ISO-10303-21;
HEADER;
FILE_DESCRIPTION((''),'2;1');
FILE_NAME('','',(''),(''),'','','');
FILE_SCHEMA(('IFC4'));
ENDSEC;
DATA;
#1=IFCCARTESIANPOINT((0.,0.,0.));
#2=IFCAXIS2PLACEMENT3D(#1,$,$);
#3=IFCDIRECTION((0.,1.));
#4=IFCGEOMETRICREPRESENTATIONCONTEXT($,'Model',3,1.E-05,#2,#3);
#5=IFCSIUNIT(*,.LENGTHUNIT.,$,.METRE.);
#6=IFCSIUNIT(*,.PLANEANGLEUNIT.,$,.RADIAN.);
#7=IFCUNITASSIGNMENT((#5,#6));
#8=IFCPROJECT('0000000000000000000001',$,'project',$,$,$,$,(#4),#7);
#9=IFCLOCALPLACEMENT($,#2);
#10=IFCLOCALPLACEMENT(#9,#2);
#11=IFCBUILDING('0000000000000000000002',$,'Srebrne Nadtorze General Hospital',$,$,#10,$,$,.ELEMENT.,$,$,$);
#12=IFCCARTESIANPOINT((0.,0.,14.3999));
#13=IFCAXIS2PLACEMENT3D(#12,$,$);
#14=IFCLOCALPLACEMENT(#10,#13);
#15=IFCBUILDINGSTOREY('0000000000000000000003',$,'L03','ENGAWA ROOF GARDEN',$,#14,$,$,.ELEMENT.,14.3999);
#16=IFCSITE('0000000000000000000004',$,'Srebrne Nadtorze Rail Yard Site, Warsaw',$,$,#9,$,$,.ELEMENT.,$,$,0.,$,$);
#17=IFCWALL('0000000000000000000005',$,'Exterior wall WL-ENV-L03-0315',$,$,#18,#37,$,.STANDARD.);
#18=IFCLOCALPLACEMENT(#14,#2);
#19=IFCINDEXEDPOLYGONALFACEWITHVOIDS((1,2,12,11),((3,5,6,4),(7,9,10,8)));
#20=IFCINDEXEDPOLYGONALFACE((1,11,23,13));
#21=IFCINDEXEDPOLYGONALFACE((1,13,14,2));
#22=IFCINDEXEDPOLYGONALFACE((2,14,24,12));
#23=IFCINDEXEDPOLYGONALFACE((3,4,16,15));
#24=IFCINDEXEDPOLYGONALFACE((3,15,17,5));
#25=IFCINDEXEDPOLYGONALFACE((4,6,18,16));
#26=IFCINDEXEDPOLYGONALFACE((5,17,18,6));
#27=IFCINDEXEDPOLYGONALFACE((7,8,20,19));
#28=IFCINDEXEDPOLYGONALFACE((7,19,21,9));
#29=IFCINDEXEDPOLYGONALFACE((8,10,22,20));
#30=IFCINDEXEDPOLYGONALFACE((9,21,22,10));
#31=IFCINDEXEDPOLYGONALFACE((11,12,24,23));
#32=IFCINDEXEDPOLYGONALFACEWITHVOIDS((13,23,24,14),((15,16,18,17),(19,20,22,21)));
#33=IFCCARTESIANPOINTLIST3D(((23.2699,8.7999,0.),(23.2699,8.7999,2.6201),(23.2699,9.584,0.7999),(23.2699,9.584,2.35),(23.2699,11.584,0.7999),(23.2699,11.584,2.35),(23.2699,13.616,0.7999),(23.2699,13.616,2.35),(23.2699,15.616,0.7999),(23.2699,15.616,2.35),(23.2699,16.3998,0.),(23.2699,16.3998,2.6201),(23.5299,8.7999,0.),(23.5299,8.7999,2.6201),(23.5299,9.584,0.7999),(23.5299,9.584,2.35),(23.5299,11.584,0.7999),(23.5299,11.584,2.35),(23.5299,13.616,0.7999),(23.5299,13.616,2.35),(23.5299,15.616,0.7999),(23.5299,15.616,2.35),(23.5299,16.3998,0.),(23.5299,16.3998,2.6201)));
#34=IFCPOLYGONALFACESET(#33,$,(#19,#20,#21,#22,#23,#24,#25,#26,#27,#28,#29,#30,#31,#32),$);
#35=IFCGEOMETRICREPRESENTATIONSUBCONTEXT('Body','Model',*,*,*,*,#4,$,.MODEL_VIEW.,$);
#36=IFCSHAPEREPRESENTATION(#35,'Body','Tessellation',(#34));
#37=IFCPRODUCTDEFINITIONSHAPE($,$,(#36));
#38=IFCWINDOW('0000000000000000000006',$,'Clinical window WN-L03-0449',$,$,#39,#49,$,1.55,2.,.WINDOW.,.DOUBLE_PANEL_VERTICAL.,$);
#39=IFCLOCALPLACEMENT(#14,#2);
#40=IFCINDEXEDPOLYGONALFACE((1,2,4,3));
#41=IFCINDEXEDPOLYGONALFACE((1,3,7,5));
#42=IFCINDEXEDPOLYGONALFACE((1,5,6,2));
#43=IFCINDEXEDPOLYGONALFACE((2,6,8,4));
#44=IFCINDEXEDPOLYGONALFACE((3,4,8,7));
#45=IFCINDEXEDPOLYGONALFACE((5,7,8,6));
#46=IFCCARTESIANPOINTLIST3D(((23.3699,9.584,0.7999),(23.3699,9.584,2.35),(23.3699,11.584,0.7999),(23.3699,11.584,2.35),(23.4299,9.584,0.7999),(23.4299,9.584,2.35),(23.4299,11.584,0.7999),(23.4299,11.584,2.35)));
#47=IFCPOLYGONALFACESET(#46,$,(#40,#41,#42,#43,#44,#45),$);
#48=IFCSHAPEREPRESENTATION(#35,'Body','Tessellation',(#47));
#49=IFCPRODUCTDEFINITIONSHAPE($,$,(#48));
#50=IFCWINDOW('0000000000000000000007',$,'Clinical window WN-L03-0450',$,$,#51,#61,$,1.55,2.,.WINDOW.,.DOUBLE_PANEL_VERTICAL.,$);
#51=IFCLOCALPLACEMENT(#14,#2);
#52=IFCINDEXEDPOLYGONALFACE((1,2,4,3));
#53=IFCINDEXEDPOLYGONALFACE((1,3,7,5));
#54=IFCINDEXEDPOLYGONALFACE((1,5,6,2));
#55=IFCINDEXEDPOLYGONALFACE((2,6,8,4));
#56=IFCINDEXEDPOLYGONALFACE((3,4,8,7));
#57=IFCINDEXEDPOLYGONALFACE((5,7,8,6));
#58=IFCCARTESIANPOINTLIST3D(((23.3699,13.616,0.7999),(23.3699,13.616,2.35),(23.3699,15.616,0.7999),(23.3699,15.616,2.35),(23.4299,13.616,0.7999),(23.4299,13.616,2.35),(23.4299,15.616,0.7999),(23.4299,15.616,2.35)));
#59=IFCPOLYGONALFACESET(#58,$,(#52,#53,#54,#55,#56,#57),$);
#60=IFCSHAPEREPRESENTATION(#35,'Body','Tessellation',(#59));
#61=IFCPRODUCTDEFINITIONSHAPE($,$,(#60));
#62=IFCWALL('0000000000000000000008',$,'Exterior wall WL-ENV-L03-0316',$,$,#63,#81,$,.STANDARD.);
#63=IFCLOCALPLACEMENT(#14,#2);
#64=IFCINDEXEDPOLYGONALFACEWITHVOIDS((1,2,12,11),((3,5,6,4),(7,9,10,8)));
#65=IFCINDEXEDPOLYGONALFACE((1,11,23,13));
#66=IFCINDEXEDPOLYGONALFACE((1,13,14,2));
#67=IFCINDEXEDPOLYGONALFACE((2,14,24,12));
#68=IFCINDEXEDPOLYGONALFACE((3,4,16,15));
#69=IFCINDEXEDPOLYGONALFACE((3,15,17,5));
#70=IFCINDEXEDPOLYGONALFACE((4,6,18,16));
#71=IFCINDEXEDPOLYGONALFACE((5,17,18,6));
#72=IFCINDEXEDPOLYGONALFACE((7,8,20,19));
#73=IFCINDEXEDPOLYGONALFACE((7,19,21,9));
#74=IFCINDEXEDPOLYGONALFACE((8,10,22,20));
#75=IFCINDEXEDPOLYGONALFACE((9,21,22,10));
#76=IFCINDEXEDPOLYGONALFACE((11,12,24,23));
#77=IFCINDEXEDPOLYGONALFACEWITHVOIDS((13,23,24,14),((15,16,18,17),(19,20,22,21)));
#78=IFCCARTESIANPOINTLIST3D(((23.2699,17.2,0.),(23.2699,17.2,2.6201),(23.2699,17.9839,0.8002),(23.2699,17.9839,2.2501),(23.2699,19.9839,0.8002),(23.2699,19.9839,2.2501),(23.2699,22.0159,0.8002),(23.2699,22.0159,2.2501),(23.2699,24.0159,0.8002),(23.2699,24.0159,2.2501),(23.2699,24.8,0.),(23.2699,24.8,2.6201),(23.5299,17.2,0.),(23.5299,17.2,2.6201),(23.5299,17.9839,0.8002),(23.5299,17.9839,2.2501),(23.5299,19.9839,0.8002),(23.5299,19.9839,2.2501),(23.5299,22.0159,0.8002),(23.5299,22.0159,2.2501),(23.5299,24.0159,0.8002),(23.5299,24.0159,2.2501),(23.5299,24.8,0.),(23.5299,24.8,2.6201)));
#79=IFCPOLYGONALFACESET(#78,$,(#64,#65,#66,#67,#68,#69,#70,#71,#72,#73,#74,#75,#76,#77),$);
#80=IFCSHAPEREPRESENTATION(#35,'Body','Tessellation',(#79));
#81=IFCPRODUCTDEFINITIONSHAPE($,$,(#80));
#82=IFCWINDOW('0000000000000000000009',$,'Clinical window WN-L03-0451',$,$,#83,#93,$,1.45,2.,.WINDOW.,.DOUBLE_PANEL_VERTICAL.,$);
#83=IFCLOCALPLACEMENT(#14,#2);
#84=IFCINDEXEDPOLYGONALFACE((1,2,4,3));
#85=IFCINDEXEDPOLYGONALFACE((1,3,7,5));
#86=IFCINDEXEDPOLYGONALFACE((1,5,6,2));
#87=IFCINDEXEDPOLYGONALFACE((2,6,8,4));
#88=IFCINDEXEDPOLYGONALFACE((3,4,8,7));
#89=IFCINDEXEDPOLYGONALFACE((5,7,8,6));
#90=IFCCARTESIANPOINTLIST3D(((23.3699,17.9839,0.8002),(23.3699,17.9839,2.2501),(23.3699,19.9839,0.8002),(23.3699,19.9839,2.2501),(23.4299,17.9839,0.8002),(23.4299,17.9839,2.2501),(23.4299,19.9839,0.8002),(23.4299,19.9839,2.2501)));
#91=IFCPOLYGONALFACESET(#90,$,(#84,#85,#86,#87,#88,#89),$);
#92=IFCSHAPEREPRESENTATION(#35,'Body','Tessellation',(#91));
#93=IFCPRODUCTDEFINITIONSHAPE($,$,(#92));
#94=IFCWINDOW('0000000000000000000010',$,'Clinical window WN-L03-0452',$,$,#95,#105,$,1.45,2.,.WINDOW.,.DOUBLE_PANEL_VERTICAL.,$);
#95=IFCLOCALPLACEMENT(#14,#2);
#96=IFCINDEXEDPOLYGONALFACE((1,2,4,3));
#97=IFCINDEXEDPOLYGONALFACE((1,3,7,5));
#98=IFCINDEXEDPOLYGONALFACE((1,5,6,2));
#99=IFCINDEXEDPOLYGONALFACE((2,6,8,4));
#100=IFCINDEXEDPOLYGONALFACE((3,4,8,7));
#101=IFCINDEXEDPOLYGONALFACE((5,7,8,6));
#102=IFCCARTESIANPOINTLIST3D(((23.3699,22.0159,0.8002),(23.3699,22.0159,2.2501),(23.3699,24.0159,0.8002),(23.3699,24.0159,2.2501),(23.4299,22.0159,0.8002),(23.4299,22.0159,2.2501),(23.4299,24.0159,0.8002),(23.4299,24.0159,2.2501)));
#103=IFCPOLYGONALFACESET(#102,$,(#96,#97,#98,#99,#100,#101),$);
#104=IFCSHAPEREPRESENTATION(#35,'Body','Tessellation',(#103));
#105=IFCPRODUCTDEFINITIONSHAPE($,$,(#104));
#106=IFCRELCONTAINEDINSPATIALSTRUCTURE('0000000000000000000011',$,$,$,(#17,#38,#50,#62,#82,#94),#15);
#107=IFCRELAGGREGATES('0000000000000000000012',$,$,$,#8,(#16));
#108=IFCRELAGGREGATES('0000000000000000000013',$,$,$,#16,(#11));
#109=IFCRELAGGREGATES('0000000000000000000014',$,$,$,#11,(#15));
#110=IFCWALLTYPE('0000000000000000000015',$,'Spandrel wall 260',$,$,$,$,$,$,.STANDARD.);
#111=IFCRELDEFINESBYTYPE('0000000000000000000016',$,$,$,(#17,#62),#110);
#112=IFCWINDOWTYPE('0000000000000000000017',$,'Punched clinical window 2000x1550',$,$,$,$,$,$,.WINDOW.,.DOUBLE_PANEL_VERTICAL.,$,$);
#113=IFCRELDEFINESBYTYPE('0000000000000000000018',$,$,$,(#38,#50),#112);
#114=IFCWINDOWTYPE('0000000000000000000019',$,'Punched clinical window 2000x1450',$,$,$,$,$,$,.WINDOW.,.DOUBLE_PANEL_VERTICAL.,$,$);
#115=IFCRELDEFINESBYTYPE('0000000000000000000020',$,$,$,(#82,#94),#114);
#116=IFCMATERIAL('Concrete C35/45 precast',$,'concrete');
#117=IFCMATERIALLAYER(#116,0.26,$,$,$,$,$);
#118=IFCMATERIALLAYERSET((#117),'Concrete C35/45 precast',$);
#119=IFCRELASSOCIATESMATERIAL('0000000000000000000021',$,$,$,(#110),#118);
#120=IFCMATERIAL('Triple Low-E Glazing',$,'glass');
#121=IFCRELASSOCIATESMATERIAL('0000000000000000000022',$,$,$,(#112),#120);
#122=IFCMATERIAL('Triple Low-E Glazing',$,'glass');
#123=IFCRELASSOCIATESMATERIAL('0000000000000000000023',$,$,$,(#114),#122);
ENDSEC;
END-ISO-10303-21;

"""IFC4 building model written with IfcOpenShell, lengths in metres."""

from ifc_helpers import new_model, si_unit, direction, frame, frame_2d, origin, place, context, subcontext, project, spatial, rectangle, extrude, material, layer, layer_set, type_object, element, fill, save


model = new_model("IFC4")

# Units and contexts
model_context = context("Model", 3, precision=1e-05, world=origin(), true_north=direction((0.0, 1.0)))
body_context = subcontext(model_context, "Body", "Model", "MODEL_VIEW")
ifc_project = project(units=[si_unit("LENGTHUNIT", "METRE"), si_unit("PLANEANGLEUNIT", "RADIAN")], contexts=[model_context])

# Site, building, storey
site_placement = place(None, origin())
site = spatial("IfcSite", under=ifc_project, at=site_placement, Name="Srebrne Nadtorze Rail Yard Site, Warsaw", CompositionType="ELEMENT", RefElevation=0.0)
building_placement = place(site_placement, origin())
building = spatial("IfcBuilding", under=site, at=building_placement, Name="Srebrne Nadtorze General Hospital", CompositionType="ELEMENT")
storey_placement = place(building_placement, frame((0.0, 0.0, 14.3999)))
storey = spatial("IfcBuildingStorey", under=building, at=storey_placement, Name="L03", Description="ENGAWA ROOF GARDEN", CompositionType="ELEMENT", Elevation=14.3999)

# Walls, openings, windows
ifc_material_1 = material(Name="Concrete C35/45 precast", Category="concrete")
ifc_layer = layer(ifc_material_1, 0.26)
ifc_layer_set = layer_set([ifc_layer], Name="Concrete C35/45 precast")
wall_type = type_object("IfcWallType", Name="Spandrel wall 260", PredefinedType="STANDARD", material=ifc_layer_set)
wall_1_placement = place(storey_placement, frame((23.3999, 8.8, 0.0), z_axis=(0.0, 0.0, 1.0), x_axis=(0.0, 1.0, 0.0)))
wall_1 = element("IfcWall", 1, at=wall_1_placement, inside=storey, type_object=wall_type, Name="Exterior wall WL-ENV-L03-0315", PredefinedType="STANDARD", context=body_context, shape_type="SweptSolid", body=[
    extrude(rectangle(XDim=7.5999, YDim=0.26, at=frame_2d((3.7998, 0.0))), origin(), (0.0, 0.0, 1.0), 2.6201),
])
opening_1_placement = place(wall_1_placement, frame((0.7839, 0.0, 0.8)))
opening_1 = element("IfcOpeningElement", 2, at=opening_1_placement, cuts=wall_1, PredefinedType="OPENING", context=body_context, shape_type="SweptSolid", body=[
    extrude(rectangle(XDim=2.0, YDim=1.55, at=frame_2d((1.0, 0.7749))), frame((0.0, 0.1421, 0.0), z_axis=(0.0, -1.0, 0.0), x_axis=(1.0, 0.0, 0.0)), (0.0, 0.0, 1.0), 0.2839),
])
opening_2_placement = place(wall_1_placement, frame((4.8159, 0.0, 0.8)))
opening_2 = element("IfcOpeningElement", 3, at=opening_2_placement, cuts=wall_1, PredefinedType="OPENING", context=body_context, shape_type="SweptSolid", body=[
    extrude(rectangle(XDim=2.0, YDim=1.55, at=frame_2d((1.0, 0.7749))), frame((0.0, 0.1421, 0.0), z_axis=(0.0, -1.0, 0.0), x_axis=(1.0, 0.0, 0.0)), (0.0, 0.0, 1.0), 0.2839),
])
ifc_material_2 = material(Name="Triple Low-E Glazing", Category="glass")
window_type_1 = type_object("IfcWindowType", Name="Punched clinical window 2000x1550", PartitioningType="DOUBLE_PANEL_VERTICAL", PredefinedType="WINDOW", material=ifc_material_2)
window_1_placement = place(opening_1_placement, origin())
window_1 = element("IfcWindow", 4, at=window_1_placement, inside=storey, type_object=window_type_1, Name="Clinical window WN-L03-0449", OverallHeight=1.55, OverallWidth=2.0, PartitioningType="DOUBLE_PANEL_VERTICAL", PredefinedType="WINDOW", context=body_context, shape_type="SweptSolid", body=[
    extrude(rectangle(XDim=2.0, YDim=1.55, at=frame_2d((1.0, 0.7749))), frame((0.0, 0.03, 0.0), z_axis=(0.0, -1.0, 0.0), x_axis=(1.0, 0.0, 0.0)), (0.0, 0.0, 1.0), 0.0601),
])
fill(opening_1, window_1)
window_2_placement = place(opening_2_placement, origin())
window_2 = element("IfcWindow", 5, at=window_2_placement, inside=storey, type_object=window_type_1, Name="Clinical window WN-L03-0450", OverallHeight=1.55, OverallWidth=2.0, PartitioningType="DOUBLE_PANEL_VERTICAL", PredefinedType="WINDOW", context=body_context, shape_type="SweptSolid", body=[
    extrude(rectangle(XDim=2.0, YDim=1.55, at=frame_2d((1.0, 0.7749))), frame((0.0, 0.03, 0.0), z_axis=(0.0, -1.0, 0.0), x_axis=(1.0, 0.0, 0.0)), (0.0, 0.0, 1.0), 0.0601),
])
fill(opening_2, window_2)
wall_2_placement = place(storey_placement, frame((23.3999, 17.2, 0.0), z_axis=(0.0, 0.0, 1.0), x_axis=(0.0, 1.0, 0.0)))
wall_2 = element("IfcWall", 6, at=wall_2_placement, inside=storey, type_object=wall_type, Name="Exterior wall WL-ENV-L03-0316", PredefinedType="STANDARD", context=body_context, shape_type="SweptSolid", body=[
    extrude(rectangle(XDim=7.6001, YDim=0.26, at=frame_2d((3.8, 0.0))), origin(), (0.0, 0.0, 1.0), 2.6201),
])
opening_3_placement = place(wall_2_placement, frame((0.7839, 0.0, 0.8)))
opening_3 = element("IfcOpeningElement", 7, at=opening_3_placement, cuts=wall_2, PredefinedType="OPENING", context=body_context, shape_type="SweptSolid", body=[
    extrude(rectangle(XDim=2.0, YDim=1.45, at=frame_2d((1.0, 0.7251))), frame((0.0, 0.1421, 0.0), z_axis=(0.0, -1.0, 0.0), x_axis=(1.0, 0.0, 0.0)), (0.0, 0.0, 1.0), 0.2839),
])
opening_4_placement = place(wall_2_placement, frame((4.8159, 0.0, 0.8)))
opening_4 = element("IfcOpeningElement", 8, at=opening_4_placement, cuts=wall_2, PredefinedType="OPENING", context=body_context, shape_type="SweptSolid", body=[
    extrude(rectangle(XDim=2.0, YDim=1.45, at=frame_2d((1.0, 0.7251))), frame((0.0, 0.1421, 0.0), z_axis=(0.0, -1.0, 0.0), x_axis=(1.0, 0.0, 0.0)), (0.0, 0.0, 1.0), 0.2839),
])
ifc_material_3 = material(Name="Triple Low-E Glazing", Category="glass")
window_type_2 = type_object("IfcWindowType", Name="Punched clinical window 2000x1450", PartitioningType="DOUBLE_PANEL_VERTICAL", PredefinedType="WINDOW", material=ifc_material_3)
window_3_placement = place(opening_3_placement, origin())
window_3 = element("IfcWindow", 9, at=window_3_placement, inside=storey, type_object=window_type_2, Name="Clinical window WN-L03-0451", OverallHeight=1.45, OverallWidth=2.0, PartitioningType="DOUBLE_PANEL_VERTICAL", PredefinedType="WINDOW", context=body_context, shape_type="SweptSolid", body=[
    extrude(rectangle(XDim=2.0, YDim=1.45, at=frame_2d((1.0, 0.7251))), frame((0.0, 0.03, 0.0), z_axis=(0.0, -1.0, 0.0), x_axis=(1.0, 0.0, 0.0)), (0.0, 0.0, 1.0), 0.0601),
])
fill(opening_3, window_3)
window_4_placement = place(opening_4_placement, origin())
window_4 = element("IfcWindow", 10, at=window_4_placement, inside=storey, type_object=window_type_2, Name="Clinical window WN-L03-0452", OverallHeight=1.45, OverallWidth=2.0, PartitioningType="DOUBLE_PANEL_VERTICAL", PredefinedType="WINDOW", context=body_context, shape_type="SweptSolid", body=[
    extrude(rectangle(XDim=2.0, YDim=1.45, at=frame_2d((1.0, 0.7251))), frame((0.0, 0.03, 0.0), z_axis=(0.0, -1.0, 0.0), x_axis=(1.0, 0.0, 0.0)), (0.0, 0.0, 1.0), 0.0601),
])
fill(opening_4, window_4)

save(model, "model.ifc")
